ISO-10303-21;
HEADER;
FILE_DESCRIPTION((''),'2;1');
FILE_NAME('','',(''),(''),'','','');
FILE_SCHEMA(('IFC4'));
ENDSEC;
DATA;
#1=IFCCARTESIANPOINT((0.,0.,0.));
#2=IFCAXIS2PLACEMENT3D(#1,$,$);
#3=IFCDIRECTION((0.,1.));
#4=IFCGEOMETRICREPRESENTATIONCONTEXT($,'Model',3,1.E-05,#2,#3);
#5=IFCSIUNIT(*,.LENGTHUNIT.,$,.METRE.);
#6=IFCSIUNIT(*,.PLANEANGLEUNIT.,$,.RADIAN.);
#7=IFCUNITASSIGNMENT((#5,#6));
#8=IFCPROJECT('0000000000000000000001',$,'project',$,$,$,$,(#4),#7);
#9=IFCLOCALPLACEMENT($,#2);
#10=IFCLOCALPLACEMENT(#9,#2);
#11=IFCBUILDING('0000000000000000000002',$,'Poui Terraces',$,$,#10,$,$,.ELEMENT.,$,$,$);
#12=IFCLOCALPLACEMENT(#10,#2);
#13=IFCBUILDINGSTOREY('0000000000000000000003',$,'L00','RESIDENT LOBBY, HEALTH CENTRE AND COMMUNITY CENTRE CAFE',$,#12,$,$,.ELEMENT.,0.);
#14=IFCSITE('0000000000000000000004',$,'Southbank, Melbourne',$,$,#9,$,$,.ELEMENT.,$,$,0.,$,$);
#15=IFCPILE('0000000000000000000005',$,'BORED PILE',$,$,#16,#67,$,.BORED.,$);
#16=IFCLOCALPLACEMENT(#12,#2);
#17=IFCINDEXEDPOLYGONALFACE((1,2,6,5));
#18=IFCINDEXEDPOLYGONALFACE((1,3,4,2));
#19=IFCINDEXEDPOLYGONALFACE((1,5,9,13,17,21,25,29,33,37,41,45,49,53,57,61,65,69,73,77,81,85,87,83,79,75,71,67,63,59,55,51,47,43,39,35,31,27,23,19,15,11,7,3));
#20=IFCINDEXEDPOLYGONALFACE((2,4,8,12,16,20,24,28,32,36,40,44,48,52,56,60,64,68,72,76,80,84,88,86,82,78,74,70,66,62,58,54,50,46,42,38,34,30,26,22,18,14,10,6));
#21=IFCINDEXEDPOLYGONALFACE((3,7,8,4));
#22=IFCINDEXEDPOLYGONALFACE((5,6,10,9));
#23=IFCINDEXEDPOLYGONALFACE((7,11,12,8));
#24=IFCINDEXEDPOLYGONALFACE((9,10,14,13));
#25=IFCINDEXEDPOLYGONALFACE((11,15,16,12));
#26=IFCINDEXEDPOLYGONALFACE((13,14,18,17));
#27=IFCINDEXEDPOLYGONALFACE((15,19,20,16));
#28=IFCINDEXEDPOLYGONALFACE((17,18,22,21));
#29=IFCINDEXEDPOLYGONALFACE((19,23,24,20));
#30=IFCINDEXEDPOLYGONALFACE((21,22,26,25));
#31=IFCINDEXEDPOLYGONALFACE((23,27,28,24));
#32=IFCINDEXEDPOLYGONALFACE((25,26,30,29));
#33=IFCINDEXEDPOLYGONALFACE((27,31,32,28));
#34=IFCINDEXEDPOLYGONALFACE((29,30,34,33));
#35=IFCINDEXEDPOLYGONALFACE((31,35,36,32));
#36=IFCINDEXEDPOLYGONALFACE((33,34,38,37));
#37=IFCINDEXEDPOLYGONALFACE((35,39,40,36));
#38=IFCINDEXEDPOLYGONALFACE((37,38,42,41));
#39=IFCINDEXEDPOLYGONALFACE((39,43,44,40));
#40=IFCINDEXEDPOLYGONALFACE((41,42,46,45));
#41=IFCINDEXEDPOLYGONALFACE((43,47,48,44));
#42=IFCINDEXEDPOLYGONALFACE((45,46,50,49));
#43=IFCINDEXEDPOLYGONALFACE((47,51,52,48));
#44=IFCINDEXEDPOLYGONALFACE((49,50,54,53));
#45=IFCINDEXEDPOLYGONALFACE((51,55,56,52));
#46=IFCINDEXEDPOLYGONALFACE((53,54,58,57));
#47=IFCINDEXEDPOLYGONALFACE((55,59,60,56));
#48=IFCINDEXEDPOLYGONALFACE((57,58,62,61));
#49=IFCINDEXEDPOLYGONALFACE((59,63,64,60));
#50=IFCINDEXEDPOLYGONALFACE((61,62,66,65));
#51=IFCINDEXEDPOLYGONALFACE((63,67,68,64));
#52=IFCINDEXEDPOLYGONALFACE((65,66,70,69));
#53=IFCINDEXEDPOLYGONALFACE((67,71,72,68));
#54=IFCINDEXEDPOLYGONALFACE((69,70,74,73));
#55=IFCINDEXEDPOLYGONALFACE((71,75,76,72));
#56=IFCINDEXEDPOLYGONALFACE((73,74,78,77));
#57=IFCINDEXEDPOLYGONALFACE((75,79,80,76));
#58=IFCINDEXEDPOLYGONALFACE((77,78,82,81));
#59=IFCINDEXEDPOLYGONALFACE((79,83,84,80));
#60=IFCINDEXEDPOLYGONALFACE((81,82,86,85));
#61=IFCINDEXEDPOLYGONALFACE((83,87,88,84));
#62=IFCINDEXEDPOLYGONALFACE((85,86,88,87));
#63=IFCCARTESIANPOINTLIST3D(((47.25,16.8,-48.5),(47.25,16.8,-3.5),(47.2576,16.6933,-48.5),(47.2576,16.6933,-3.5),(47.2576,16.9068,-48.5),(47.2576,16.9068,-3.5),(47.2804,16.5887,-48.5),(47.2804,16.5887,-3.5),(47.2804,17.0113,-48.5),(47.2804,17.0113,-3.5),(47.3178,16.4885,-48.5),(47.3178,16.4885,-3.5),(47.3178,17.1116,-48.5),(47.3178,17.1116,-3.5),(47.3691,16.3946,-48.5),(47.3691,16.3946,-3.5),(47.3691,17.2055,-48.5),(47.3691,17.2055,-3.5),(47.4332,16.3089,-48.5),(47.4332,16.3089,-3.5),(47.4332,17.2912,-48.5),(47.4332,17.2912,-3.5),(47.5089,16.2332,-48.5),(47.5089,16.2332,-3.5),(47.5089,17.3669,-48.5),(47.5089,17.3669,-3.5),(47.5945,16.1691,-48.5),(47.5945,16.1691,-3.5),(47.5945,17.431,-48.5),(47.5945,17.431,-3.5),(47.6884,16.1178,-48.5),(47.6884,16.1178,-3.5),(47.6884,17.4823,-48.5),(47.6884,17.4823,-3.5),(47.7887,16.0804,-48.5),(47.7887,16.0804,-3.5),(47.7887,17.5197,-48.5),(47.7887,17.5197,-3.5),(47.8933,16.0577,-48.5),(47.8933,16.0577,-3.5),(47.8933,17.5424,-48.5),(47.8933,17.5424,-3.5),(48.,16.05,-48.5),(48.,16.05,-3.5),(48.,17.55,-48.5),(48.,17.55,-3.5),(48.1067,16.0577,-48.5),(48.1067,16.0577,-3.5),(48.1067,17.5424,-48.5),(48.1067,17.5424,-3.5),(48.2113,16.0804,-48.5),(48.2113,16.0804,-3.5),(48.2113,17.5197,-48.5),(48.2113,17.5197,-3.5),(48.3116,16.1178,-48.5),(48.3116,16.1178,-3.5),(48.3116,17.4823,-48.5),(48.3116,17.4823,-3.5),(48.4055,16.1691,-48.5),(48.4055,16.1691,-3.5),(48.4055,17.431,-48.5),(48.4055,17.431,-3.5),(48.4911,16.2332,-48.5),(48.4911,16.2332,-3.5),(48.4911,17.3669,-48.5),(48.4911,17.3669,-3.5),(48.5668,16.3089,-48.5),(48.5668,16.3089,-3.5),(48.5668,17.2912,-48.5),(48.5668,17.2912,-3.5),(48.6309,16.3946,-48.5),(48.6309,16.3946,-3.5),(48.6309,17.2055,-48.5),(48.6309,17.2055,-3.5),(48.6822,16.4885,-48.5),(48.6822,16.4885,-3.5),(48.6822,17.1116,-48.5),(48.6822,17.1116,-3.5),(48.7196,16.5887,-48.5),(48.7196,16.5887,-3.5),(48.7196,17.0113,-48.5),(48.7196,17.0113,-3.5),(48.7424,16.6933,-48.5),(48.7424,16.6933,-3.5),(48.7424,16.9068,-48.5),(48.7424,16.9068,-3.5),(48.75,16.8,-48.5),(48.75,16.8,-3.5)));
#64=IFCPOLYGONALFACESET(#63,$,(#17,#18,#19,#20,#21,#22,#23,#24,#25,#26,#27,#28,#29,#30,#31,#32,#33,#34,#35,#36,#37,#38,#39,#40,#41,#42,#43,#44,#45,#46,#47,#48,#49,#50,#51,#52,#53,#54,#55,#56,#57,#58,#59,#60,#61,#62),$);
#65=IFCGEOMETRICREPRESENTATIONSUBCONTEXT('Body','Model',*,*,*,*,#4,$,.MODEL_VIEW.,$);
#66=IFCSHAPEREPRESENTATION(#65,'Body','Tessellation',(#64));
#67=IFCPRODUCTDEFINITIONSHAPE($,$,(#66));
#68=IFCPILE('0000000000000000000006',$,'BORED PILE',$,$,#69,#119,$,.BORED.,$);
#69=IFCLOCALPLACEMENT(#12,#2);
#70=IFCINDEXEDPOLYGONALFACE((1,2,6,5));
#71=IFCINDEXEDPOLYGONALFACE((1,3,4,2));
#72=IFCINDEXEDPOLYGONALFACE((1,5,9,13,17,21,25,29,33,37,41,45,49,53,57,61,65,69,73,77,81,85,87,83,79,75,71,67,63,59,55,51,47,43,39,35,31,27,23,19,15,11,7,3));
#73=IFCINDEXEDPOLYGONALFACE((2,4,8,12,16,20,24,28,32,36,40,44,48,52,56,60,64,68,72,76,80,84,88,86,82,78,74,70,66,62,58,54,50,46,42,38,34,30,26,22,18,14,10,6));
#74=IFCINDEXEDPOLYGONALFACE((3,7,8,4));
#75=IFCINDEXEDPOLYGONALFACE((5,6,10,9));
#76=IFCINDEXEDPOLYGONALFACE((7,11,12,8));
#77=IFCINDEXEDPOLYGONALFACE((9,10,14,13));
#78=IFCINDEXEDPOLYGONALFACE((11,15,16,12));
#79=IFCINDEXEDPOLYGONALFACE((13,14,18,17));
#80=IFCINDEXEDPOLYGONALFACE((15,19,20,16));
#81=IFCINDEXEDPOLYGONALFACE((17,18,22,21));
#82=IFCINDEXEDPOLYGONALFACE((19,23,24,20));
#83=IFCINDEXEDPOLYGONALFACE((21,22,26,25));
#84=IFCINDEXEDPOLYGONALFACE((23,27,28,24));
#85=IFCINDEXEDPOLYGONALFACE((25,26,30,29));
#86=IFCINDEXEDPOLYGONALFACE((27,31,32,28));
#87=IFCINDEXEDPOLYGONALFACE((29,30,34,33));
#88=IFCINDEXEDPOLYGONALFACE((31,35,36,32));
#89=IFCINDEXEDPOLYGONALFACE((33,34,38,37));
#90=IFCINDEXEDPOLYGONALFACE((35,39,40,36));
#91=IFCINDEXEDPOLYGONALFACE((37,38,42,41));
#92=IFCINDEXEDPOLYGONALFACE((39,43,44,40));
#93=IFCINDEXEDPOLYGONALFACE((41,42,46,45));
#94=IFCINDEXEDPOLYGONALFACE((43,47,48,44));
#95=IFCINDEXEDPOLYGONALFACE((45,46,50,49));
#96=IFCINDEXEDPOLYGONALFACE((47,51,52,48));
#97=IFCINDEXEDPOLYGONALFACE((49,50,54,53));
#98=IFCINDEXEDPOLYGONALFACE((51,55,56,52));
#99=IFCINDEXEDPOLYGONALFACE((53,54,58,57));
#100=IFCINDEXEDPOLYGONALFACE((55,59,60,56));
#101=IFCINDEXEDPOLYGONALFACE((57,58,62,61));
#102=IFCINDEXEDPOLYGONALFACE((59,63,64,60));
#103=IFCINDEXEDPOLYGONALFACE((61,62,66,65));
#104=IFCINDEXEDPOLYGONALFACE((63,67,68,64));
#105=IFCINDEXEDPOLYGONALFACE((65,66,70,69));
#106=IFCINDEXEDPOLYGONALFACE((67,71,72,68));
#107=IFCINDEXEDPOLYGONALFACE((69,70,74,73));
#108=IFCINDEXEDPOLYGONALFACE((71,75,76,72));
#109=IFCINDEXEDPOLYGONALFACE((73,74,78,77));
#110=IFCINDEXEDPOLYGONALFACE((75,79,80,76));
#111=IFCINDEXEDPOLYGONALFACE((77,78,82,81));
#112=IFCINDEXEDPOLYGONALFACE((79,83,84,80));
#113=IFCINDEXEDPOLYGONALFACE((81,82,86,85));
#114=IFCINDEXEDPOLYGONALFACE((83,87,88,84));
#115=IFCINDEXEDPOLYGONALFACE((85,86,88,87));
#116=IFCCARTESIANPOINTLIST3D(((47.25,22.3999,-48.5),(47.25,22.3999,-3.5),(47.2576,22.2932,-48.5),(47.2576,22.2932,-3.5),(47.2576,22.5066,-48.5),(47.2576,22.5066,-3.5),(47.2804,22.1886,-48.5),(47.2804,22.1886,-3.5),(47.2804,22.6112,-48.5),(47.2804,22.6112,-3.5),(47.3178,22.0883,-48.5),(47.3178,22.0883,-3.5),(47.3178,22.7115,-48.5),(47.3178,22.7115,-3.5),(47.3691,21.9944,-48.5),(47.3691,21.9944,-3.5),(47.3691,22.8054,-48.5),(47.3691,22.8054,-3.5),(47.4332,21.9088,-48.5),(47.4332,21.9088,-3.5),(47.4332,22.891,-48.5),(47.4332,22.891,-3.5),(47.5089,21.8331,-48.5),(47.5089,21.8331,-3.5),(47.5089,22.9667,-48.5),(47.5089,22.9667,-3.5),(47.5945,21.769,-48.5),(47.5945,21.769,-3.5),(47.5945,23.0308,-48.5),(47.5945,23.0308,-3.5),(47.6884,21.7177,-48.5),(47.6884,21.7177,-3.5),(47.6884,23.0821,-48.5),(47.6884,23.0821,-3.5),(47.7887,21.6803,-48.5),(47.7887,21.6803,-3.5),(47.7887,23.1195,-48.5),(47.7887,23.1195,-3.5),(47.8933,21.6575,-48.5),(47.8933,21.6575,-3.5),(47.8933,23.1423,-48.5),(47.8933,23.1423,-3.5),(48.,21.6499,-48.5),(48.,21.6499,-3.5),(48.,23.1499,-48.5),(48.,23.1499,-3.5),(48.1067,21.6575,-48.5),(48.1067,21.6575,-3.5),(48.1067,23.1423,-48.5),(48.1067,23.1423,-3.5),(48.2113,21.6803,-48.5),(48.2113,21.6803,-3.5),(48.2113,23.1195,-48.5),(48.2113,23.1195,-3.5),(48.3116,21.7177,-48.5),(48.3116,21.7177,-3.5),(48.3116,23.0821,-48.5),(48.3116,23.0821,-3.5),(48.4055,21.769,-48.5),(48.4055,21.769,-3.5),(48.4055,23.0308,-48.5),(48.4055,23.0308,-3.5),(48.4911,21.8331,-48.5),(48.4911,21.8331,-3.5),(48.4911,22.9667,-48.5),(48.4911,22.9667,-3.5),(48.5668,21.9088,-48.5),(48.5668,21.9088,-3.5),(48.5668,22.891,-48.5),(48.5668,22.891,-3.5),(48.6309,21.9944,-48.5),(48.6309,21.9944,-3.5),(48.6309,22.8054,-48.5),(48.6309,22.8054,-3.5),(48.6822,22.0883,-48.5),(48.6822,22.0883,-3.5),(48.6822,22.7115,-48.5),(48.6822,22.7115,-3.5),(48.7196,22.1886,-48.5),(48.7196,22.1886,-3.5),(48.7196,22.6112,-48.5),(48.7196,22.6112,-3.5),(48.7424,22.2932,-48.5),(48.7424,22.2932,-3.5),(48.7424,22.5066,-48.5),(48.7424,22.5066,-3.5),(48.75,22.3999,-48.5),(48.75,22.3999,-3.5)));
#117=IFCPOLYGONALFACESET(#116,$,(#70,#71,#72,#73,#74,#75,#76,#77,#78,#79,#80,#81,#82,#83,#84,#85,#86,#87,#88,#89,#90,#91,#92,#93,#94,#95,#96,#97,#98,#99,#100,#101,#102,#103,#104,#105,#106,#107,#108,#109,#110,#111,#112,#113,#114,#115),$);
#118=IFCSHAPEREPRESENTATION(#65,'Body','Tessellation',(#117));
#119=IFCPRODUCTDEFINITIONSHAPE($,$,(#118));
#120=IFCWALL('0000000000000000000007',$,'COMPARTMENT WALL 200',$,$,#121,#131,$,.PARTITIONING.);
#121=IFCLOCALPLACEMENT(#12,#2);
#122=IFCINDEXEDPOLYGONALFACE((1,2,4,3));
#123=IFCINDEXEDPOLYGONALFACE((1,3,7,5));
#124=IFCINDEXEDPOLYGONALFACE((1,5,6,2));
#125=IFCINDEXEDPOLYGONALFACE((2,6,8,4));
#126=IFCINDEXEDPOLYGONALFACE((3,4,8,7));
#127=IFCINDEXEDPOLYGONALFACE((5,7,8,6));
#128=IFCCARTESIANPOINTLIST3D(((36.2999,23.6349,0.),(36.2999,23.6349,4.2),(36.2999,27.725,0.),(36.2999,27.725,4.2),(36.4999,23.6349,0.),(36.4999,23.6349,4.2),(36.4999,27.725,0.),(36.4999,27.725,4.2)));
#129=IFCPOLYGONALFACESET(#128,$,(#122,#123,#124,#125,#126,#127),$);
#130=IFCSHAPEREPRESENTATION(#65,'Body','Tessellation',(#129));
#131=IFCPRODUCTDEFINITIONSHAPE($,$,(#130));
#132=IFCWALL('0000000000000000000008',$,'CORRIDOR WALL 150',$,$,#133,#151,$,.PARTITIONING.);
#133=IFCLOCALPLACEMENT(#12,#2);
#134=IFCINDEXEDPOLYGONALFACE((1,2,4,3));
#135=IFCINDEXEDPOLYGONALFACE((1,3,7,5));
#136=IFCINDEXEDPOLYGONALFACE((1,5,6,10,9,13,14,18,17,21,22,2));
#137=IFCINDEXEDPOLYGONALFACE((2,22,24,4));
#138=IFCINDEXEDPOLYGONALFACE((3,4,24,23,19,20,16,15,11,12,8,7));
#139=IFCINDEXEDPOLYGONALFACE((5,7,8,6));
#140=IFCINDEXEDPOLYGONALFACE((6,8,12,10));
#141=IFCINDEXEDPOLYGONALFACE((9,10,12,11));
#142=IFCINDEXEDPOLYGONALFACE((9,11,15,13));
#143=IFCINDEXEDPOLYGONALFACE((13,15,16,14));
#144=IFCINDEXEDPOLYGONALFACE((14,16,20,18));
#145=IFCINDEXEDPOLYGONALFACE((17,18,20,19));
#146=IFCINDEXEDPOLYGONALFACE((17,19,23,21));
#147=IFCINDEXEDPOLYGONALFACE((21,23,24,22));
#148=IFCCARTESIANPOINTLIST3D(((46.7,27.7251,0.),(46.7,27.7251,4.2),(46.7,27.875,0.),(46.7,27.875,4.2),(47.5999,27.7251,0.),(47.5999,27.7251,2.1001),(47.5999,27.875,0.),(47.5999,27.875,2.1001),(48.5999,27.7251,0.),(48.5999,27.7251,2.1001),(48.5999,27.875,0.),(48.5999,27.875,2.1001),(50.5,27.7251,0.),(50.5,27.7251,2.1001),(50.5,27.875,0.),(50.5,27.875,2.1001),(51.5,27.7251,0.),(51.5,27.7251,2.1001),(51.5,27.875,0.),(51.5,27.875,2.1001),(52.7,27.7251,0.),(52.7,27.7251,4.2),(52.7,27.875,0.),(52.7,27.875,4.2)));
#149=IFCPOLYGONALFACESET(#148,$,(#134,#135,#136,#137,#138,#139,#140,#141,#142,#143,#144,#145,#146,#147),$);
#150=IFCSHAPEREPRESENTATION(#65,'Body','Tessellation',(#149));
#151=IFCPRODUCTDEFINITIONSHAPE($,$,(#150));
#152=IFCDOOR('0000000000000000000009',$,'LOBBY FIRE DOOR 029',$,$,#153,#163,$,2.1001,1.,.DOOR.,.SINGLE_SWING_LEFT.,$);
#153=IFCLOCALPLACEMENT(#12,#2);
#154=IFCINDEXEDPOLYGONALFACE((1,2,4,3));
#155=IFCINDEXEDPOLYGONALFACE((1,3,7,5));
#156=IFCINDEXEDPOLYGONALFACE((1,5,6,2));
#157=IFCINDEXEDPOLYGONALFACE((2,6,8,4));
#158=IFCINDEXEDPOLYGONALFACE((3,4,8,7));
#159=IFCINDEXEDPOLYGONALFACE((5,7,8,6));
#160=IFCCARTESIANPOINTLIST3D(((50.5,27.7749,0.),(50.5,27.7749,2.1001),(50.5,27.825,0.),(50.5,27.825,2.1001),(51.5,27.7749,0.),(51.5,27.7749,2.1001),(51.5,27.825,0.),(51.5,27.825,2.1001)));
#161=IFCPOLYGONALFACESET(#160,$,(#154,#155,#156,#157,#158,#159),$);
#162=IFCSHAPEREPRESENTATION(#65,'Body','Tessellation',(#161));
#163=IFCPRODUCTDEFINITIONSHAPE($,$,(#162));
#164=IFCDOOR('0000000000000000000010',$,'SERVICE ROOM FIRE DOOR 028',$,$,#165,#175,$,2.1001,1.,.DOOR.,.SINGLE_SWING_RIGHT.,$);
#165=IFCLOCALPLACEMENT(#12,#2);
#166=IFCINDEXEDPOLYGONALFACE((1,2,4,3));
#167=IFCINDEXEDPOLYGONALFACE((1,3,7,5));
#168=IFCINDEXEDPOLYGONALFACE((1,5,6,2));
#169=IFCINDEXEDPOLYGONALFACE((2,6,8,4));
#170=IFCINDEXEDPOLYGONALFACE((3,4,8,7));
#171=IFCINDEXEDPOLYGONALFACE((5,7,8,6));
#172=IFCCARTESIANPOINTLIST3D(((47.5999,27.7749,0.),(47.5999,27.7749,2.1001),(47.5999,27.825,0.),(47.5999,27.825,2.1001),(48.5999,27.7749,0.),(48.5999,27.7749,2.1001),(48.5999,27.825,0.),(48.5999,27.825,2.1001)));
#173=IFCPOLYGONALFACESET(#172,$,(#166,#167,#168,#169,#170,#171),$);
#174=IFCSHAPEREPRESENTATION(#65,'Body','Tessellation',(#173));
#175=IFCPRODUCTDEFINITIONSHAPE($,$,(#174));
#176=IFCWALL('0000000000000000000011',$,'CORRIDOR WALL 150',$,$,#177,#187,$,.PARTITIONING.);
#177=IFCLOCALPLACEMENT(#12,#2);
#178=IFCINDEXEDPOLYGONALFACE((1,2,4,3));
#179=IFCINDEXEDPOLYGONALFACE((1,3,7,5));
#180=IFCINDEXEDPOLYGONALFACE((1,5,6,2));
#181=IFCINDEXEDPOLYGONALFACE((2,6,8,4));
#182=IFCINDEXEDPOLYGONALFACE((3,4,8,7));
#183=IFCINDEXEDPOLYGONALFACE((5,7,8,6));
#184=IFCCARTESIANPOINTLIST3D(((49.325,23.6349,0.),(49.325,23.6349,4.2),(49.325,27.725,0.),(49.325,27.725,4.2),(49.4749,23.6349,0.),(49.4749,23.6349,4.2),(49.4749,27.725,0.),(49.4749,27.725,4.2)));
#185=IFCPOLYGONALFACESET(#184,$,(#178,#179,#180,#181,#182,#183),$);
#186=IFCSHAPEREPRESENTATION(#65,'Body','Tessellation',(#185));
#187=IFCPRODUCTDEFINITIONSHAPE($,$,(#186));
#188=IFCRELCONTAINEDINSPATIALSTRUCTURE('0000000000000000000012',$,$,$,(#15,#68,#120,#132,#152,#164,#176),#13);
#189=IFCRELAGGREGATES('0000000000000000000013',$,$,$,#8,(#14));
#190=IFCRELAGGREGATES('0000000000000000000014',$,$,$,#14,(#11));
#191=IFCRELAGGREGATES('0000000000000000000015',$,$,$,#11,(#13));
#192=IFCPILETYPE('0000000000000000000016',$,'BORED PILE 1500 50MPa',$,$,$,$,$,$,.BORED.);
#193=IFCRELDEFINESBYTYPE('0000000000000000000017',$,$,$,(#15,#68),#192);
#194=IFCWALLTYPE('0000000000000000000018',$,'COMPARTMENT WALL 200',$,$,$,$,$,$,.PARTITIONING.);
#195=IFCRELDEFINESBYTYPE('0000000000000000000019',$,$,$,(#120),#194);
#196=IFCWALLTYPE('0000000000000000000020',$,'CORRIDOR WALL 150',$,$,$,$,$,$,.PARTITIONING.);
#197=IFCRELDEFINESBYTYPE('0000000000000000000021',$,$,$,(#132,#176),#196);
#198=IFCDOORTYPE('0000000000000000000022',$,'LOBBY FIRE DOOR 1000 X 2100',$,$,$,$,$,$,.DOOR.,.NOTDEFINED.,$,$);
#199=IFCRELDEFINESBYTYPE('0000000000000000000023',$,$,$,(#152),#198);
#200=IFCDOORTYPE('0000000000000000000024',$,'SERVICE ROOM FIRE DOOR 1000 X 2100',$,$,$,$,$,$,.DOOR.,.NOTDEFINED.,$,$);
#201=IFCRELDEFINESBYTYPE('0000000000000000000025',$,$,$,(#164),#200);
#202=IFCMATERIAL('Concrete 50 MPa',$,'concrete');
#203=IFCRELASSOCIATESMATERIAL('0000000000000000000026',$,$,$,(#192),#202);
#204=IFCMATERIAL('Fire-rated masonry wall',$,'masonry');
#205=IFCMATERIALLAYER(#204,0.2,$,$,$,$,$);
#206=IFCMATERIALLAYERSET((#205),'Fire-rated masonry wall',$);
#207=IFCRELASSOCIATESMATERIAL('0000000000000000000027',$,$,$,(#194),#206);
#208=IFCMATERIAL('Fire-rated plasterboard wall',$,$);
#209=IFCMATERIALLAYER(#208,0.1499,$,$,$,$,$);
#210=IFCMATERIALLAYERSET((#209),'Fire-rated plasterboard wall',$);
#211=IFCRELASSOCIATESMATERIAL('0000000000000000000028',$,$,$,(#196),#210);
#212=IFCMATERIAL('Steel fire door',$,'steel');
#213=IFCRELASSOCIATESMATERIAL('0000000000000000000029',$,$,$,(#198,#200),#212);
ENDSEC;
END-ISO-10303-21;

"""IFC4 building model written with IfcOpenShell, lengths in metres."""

from ifc_helpers import new_model, si_unit, direction, frame, frame_2d, origin, origin_2d, place, context, subcontext, project, spatial, rectangle, circle, extrude, material, layer, layer_set, material_profile, profile_set, type_object, element, fill, save


model = new_model("IFC4")

# Units and contexts
model_context = context("Model", 3, precision=1e-05, world=origin(), true_north=direction((0.0, 1.0)))
body_context = subcontext(model_context, "Body", "Model", "MODEL_VIEW")
ifc_project = project(units=[si_unit("LENGTHUNIT", "METRE"), si_unit("PLANEANGLEUNIT", "RADIAN")], contexts=[model_context])

# Site, building, storey
site_placement = place(None, origin())
site = spatial("IfcSite", under=ifc_project, at=site_placement, Name="Southbank, Melbourne", CompositionType="ELEMENT", RefElevation=0.0)
building_placement = place(site_placement, origin())
building = spatial("IfcBuilding", under=site, at=building_placement, Name="Poui Terraces", CompositionType="ELEMENT")
storey_placement = place(building_placement, origin())
storey = spatial("IfcBuildingStorey", under=building, at=storey_placement, Name="L00", Description="RESIDENT LOBBY, HEALTH CENTRE AND COMMUNITY CENTRE CAFE", CompositionType="ELEMENT", Elevation=0.0)

# Piles
ifc_material_1 = material(Name="Concrete 50 MPa", Category="concrete")
ifc_material_profile = material_profile(ifc_material_1, circle(Radius=0.75, at=origin_2d()), Name="RC D1500")
ifc_profile_set = profile_set([ifc_material_profile], Name="Concrete 50 MPa")
pile_type = type_object("IfcPileType", Name="BORED PILE 1500 50MPa", PredefinedType="BORED", material=ifc_profile_set)
for number, where, z_axis, x_axis, name in (
    (1, (48.0, 16.8, -3.5), (0.0, 0.0, -1.0), (1.0, 0.0, 0.0), "BORED PILE"),
    (2, (48.0, 22.3999, -3.5), (0.0, 0.0, -1.0), (1.0, 0.0, 0.0), "BORED PILE"),
):
    element("IfcPile", number, at=place(storey_placement, frame(where, z_axis=z_axis, x_axis=x_axis)), inside=storey, type_object=pile_type, Name=name, PredefinedType="BORED", context=body_context, shape_type="SweptSolid", body=[
        extrude(circle(Radius=0.75, at=origin_2d()), origin(), (0.0, 0.0, 1.0), 45.0),
    ])

# Wall
ifc_material_2 = material(Name="Fire-rated masonry wall", Category="masonry")
ifc_layer_1 = layer(ifc_material_2, 0.2)
ifc_layer_set_1 = layer_set([ifc_layer_1], Name="Fire-rated masonry wall")
wall_type_1 = type_object("IfcWallType", Name="COMPARTMENT WALL 200", PredefinedType="PARTITIONING", material=ifc_layer_set_1)
wall_1_placement = place(storey_placement, frame((36.3999, 23.635, 0.0), z_axis=(0.0, 0.0, 1.0), x_axis=(0.0, 1.0, 0.0)))
element("IfcWall", 3, at=wall_1_placement, inside=storey, type_object=wall_type_1, Name="COMPARTMENT WALL 200", PredefinedType="PARTITIONING", context=body_context, shape_type="SweptSolid", body=[
    extrude(rectangle(XDim=4.0901, YDim=0.2, at=frame_2d((2.0449, 0.0))), origin(), (0.0, 0.0, 1.0), 4.2),
])

# Wall, openings, doors
ifc_material_3 = material(Name="Fire-rated plasterboard wall")
ifc_layer_2 = layer(ifc_material_3, 0.1499)
ifc_layer_set_2 = layer_set([ifc_layer_2], Name="Fire-rated plasterboard wall")
wall_type_2 = type_object("IfcWallType", Name="CORRIDOR WALL 150", PredefinedType="PARTITIONING", material=ifc_layer_set_2)
wall_2_placement = place(storey_placement, frame((46.7, 27.8, 0.0), z_axis=(0.0, 0.0, 1.0), x_axis=(1.0, 0.0, 0.0)))
wall_2 = element("IfcWall", 4, at=wall_2_placement, inside=storey, type_object=wall_type_2, Name="CORRIDOR WALL 150", PredefinedType="PARTITIONING", context=body_context, shape_type="SweptSolid", body=[
    extrude(rectangle(XDim=6.0, YDim=0.1499, at=frame_2d((3.0, 0.0))), origin(), (0.0, 0.0, 1.0), 4.2),
])
opening_1_placement = place(wall_2_placement, frame((0.8999, 0.0, 0.0)))
opening_1 = element("IfcOpeningElement", 5, at=opening_1_placement, cuts=wall_2, PredefinedType="OPENING", context=body_context, shape_type="SweptSolid", body=[
    extrude(rectangle(XDim=1.0, YDim=2.1001, at=frame_2d((0.5, 1.05))), frame((0.0, 0.085, 0.0), z_axis=(0.0, -1.0, 0.0), x_axis=(1.0, 0.0, 0.0)), (0.0, 0.0, 1.0), 0.1699),
])
opening_2_placement = place(wall_2_placement, frame((3.8, 0.0, 0.0)))
opening_2 = element("IfcOpeningElement", 6, at=opening_2_placement, cuts=wall_2, PredefinedType="OPENING", context=body_context, shape_type="SweptSolid", body=[
    extrude(rectangle(XDim=1.0, YDim=2.1001, at=frame_2d((0.5, 1.05))), frame((0.0, 0.085, 0.0), z_axis=(0.0, -1.0, 0.0), x_axis=(1.0, 0.0, 0.0)), (0.0, 0.0, 1.0), 0.1699),
])
ifc_material_4 = material(Name="Steel fire door", Category="steel")
door_type_1 = type_object("IfcDoorType", Name="LOBBY FIRE DOOR 1000 X 2100", OperationType="NOTDEFINED", PredefinedType="DOOR", material=ifc_material_4)
door_1_placement = place(opening_2_placement, origin())
door_1 = element("IfcDoor", 7, at=door_1_placement, inside=storey, type_object=door_type_1, Name="LOBBY FIRE DOOR 029", OperationType="SINGLE_SWING_LEFT", OverallHeight=2.1001, OverallWidth=1.0, PredefinedType="DOOR", context=body_context, shape_type="SweptSolid", body=[
    extrude(rectangle(XDim=1.0, YDim=2.1001, at=frame_2d((0.5, 1.05))), frame((0.0, 0.0249, 0.0), z_axis=(0.0, -1.0, 0.0), x_axis=(1.0, 0.0, 0.0)), (0.0, 0.0, 1.0), 0.05),
])
fill(opening_2, door_1)
door_type_2 = type_object("IfcDoorType", Name="SERVICE ROOM FIRE DOOR 1000 X 2100", OperationType="NOTDEFINED", PredefinedType="DOOR", material=ifc_material_4)
door_2_placement = place(opening_1_placement, origin())
door_2 = element("IfcDoor", 8, at=door_2_placement, inside=storey, type_object=door_type_2, Name="SERVICE ROOM FIRE DOOR 028", OperationType="SINGLE_SWING_RIGHT", OverallHeight=2.1001, OverallWidth=1.0, PredefinedType="DOOR", context=body_context, shape_type="SweptSolid", body=[
    extrude(rectangle(XDim=1.0, YDim=2.1001, at=frame_2d((0.5, 1.05))), frame((0.0, 0.0249, 0.0), z_axis=(0.0, -1.0, 0.0), x_axis=(1.0, 0.0, 0.0)), (0.0, 0.0, 1.0), 0.05),
])
fill(opening_1, door_2)

# Wall
wall_3_placement = place(storey_placement, frame((49.3999, 23.635, 0.0), z_axis=(0.0, 0.0, 1.0), x_axis=(0.0, 1.0, 0.0)))
element("IfcWall", 9, at=wall_3_placement, inside=storey, type_object=wall_type_2, Name="CORRIDOR WALL 150", PredefinedType="PARTITIONING", context=body_context, shape_type="SweptSolid", body=[
    extrude(rectangle(XDim=4.0901, YDim=0.1499, at=frame_2d((2.0449, 0.0))), origin(), (0.0, 0.0, 1.0), 4.2),
])

save(model, "model.ifc")
